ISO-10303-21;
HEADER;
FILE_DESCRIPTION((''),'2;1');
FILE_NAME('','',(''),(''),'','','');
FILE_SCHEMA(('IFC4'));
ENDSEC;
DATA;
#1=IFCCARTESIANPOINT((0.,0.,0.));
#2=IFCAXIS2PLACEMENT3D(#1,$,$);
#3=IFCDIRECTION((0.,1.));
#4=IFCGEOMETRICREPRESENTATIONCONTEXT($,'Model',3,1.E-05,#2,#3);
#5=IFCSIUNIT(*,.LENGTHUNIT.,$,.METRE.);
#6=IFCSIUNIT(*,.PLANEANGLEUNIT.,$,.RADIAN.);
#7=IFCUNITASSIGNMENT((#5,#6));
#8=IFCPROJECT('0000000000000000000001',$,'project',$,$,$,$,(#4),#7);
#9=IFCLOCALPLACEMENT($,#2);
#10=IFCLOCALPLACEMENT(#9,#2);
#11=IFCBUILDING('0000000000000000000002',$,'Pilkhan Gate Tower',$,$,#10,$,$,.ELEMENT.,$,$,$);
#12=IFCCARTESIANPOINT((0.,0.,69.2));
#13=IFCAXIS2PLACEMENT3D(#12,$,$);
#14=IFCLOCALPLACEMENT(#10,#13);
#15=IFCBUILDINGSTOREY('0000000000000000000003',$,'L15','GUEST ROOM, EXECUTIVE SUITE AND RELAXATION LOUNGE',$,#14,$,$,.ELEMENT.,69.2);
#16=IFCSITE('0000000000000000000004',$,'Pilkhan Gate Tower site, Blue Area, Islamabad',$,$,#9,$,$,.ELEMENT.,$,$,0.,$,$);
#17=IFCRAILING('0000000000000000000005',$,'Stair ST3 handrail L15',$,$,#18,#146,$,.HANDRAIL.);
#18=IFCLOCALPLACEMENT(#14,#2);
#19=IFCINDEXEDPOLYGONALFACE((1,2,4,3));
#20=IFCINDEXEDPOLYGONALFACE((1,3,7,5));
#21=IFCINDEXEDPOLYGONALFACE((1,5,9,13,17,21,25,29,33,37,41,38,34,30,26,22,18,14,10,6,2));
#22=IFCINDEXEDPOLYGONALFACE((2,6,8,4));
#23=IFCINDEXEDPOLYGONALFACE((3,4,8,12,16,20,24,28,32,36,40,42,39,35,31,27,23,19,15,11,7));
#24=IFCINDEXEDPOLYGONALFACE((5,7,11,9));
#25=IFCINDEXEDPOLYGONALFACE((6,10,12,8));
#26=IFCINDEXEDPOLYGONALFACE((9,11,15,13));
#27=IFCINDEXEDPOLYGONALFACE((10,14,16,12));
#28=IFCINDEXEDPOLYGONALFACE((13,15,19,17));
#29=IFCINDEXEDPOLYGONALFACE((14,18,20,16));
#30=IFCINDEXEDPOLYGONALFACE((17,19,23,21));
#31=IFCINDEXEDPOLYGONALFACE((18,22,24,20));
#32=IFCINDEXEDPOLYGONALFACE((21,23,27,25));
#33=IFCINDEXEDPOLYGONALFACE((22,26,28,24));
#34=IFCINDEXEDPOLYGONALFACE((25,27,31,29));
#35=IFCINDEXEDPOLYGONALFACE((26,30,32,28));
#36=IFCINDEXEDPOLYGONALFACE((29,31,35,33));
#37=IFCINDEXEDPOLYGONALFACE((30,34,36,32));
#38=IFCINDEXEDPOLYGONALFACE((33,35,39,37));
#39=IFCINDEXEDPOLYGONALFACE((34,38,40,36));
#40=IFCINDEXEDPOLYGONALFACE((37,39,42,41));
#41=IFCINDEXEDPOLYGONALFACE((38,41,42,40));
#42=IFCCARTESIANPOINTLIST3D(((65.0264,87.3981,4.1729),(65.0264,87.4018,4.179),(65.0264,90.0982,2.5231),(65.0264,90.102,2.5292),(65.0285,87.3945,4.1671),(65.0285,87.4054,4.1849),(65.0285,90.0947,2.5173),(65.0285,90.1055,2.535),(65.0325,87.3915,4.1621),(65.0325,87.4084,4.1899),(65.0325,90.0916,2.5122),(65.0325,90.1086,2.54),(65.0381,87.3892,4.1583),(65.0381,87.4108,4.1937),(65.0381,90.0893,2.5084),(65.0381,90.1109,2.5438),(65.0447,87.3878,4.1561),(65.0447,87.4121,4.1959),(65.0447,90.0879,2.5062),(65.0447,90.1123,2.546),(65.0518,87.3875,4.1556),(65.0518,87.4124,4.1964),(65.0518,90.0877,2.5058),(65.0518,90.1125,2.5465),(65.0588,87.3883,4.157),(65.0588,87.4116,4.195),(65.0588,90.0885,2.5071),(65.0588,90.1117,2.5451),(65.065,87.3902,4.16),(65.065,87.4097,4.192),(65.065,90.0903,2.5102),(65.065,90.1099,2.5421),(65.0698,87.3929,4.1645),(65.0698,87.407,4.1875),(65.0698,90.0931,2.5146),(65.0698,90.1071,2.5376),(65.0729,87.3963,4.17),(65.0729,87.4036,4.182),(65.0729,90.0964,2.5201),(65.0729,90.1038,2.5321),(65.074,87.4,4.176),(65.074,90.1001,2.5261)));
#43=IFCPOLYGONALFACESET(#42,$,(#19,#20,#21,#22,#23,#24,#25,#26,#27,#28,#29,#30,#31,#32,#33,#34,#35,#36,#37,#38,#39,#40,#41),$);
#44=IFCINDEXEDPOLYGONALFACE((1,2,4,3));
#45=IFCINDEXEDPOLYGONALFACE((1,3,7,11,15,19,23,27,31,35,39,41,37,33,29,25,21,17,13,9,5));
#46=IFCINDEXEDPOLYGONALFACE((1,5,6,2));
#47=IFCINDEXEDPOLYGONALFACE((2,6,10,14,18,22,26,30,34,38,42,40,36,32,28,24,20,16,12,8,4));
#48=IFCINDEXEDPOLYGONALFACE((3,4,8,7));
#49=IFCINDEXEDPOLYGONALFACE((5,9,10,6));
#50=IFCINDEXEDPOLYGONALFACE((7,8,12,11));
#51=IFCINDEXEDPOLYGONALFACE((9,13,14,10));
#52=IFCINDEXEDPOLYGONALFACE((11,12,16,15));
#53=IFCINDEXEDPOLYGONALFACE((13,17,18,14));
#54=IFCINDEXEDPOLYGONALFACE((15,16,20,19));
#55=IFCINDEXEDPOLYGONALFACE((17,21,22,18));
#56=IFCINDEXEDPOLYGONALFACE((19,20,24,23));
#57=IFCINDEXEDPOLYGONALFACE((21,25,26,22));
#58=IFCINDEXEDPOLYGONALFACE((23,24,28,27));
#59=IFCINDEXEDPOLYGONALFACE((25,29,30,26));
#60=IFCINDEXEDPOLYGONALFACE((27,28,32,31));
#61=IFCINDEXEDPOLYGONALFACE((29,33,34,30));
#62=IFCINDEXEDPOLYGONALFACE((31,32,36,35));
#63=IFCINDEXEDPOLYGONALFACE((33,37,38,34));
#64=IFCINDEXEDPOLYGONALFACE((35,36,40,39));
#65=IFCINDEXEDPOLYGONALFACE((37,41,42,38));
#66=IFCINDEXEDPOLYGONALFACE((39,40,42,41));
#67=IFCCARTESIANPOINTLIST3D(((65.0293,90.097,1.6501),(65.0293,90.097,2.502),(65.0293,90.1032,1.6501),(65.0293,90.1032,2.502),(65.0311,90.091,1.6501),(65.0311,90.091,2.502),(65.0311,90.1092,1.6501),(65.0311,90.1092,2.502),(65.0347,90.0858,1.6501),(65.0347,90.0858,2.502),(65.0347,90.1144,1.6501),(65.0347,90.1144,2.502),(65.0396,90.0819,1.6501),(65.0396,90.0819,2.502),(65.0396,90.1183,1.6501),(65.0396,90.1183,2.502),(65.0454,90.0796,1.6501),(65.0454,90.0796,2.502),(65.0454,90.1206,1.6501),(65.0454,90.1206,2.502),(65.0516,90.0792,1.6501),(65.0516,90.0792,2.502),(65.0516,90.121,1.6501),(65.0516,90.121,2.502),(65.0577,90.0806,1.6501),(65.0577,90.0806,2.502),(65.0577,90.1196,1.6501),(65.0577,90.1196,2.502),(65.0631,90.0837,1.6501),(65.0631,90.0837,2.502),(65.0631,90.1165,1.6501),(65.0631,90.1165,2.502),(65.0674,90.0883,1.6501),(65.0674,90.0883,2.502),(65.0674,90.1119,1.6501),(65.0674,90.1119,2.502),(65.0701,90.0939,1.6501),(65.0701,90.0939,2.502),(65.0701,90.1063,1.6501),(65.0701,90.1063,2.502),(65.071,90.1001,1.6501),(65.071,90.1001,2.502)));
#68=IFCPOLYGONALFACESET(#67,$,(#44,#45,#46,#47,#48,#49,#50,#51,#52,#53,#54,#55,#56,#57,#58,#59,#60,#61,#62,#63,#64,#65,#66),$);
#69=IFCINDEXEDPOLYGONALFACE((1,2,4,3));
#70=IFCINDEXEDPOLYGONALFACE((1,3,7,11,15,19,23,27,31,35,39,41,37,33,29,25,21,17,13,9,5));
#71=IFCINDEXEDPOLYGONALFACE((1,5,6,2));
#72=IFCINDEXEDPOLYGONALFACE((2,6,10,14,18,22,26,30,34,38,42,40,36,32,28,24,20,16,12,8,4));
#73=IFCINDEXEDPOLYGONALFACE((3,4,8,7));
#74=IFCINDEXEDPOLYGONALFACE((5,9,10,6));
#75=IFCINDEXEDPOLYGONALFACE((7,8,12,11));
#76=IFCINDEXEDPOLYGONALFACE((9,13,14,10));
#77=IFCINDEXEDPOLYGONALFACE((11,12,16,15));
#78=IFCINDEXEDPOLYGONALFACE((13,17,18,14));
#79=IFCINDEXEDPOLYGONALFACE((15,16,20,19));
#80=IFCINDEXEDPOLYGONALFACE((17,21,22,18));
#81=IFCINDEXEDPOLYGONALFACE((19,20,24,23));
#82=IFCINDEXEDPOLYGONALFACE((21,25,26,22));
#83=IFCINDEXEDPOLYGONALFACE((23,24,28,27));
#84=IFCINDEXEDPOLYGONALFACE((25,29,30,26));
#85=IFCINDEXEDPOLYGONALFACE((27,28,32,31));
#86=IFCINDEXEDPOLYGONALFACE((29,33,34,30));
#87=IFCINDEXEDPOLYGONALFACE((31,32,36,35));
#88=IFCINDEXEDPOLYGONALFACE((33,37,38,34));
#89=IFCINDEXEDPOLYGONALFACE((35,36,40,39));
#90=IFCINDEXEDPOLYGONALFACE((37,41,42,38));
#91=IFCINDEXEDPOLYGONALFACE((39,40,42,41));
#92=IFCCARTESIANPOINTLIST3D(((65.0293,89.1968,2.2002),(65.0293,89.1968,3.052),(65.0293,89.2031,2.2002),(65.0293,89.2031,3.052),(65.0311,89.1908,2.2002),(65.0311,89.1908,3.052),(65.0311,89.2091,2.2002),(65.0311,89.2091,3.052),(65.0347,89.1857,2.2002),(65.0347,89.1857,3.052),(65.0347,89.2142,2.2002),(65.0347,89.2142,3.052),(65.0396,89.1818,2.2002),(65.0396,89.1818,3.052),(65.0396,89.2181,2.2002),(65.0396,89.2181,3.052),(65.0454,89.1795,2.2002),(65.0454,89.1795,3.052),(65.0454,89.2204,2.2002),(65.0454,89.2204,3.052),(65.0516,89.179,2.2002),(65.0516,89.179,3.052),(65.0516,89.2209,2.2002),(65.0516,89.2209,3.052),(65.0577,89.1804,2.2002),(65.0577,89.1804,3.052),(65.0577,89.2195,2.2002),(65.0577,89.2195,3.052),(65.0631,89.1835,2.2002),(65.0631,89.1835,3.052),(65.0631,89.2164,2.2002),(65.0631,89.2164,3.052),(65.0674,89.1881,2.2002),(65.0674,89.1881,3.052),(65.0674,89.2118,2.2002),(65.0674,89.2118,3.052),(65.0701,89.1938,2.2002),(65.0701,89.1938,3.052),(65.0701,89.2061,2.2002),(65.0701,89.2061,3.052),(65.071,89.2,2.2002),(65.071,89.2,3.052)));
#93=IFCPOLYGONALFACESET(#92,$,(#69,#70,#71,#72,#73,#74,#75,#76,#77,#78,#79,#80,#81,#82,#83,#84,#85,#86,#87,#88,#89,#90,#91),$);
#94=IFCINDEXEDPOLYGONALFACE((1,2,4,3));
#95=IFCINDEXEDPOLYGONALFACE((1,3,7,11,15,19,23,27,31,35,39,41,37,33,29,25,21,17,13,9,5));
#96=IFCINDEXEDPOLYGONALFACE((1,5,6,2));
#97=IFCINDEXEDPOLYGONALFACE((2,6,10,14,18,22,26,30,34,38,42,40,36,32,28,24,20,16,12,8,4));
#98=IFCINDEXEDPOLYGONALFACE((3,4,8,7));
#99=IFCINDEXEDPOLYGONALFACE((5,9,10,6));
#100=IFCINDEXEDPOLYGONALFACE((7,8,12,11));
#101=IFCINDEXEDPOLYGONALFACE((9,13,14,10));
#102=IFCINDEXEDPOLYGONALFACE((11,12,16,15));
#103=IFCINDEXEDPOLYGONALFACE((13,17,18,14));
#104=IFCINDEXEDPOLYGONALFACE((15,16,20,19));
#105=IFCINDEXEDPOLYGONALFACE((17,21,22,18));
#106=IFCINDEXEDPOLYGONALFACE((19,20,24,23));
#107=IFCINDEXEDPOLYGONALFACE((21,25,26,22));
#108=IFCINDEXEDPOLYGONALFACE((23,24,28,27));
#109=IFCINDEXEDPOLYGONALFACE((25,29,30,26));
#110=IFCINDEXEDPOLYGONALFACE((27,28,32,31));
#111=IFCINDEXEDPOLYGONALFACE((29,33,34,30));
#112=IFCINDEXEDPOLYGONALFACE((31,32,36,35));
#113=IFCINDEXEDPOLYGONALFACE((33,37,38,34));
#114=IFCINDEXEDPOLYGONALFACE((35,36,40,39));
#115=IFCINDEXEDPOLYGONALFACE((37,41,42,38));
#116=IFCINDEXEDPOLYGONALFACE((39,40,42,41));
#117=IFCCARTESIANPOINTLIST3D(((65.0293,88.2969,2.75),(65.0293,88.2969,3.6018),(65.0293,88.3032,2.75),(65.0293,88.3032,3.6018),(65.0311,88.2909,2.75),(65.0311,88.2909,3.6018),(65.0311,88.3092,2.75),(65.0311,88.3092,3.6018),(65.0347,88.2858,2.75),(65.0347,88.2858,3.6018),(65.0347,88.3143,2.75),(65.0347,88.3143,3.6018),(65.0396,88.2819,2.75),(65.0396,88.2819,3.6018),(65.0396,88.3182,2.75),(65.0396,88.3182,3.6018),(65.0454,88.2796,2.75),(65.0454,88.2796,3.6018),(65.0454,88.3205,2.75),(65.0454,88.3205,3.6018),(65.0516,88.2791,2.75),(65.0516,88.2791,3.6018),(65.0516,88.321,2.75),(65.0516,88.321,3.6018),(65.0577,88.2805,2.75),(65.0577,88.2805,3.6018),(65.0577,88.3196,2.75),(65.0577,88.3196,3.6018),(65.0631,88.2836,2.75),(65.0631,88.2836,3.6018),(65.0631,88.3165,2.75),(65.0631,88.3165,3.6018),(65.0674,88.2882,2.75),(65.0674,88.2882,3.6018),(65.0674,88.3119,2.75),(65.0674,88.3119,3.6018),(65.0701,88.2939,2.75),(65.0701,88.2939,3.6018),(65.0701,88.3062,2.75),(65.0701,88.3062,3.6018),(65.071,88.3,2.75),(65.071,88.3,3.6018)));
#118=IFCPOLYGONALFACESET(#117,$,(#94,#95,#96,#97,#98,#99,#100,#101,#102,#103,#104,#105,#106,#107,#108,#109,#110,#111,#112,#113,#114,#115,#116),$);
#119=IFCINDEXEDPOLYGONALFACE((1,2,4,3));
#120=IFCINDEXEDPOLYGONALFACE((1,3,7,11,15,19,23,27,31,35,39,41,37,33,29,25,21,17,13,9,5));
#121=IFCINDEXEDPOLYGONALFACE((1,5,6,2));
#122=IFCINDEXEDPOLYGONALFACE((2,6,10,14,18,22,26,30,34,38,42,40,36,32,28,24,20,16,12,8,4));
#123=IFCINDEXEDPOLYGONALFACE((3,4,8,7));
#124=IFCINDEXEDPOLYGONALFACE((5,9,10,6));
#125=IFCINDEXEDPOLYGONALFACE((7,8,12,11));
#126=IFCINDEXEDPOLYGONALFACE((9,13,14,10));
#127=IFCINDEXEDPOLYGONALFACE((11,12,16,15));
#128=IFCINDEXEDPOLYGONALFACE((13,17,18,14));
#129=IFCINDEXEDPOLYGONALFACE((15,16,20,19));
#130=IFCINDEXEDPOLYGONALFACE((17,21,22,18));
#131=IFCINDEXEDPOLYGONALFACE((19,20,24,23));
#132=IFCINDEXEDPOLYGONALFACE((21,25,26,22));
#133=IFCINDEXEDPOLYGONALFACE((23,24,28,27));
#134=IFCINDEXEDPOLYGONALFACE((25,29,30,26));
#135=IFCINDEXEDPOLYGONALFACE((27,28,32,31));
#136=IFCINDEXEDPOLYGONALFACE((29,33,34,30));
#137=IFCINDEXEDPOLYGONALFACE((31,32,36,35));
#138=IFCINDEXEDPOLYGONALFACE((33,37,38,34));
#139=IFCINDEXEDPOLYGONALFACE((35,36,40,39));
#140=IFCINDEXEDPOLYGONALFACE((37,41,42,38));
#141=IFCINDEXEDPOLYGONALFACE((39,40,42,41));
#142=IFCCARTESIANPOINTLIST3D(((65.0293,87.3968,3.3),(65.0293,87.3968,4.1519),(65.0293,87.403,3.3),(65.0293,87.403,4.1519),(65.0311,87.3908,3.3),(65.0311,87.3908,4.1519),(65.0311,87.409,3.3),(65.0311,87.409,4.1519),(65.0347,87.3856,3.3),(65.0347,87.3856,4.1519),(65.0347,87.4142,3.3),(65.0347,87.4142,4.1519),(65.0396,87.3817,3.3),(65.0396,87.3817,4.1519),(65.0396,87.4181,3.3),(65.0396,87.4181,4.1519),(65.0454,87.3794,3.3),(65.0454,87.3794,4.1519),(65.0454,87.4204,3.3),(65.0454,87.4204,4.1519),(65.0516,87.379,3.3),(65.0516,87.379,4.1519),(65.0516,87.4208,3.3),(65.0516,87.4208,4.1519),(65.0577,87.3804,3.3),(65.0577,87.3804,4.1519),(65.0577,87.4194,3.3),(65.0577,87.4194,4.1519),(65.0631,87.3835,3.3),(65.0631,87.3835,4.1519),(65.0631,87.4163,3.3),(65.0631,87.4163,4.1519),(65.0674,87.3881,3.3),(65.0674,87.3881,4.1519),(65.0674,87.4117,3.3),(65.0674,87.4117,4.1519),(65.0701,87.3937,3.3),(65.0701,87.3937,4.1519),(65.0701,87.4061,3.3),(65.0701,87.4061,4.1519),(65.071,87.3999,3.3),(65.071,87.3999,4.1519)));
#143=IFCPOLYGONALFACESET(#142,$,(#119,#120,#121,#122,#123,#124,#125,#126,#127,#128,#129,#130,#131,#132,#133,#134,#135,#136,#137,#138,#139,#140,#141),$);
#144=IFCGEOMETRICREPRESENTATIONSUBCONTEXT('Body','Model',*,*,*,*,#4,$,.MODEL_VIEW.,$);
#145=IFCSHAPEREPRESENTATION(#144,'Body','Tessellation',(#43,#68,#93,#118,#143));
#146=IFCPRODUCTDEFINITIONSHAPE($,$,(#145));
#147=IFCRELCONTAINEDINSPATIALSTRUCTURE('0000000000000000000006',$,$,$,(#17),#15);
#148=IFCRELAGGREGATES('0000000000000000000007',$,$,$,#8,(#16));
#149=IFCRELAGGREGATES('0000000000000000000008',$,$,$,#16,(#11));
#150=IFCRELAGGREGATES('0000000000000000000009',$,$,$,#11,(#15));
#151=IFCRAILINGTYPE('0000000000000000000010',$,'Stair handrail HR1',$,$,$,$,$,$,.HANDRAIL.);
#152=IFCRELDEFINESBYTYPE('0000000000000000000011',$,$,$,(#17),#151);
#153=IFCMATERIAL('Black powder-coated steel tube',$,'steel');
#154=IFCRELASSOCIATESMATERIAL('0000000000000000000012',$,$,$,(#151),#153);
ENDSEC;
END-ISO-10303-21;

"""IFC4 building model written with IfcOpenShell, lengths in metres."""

from ifc_helpers import new_model, si_unit, direction, frame, origin, origin_2d, place, context, subcontext, project, spatial, circle, extrude, material, type_object, element, save


model = new_model("IFC4")

# Units and contexts
model_context = context("Model", 3, precision=1e-05, world=origin(), true_north=direction((0.0, 1.0)))
body_context = subcontext(model_context, "Body", "Model", "MODEL_VIEW")
ifc_project = project(units=[si_unit("LENGTHUNIT", "METRE"), si_unit("PLANEANGLEUNIT", "RADIAN")], contexts=[model_context])

# Site, building, storey
site_placement = place(None, origin())
site = spatial("IfcSite", under=ifc_project, at=site_placement, Name="Pilkhan Gate Tower site, Blue Area, Islamabad", CompositionType="ELEMENT", RefElevation=0.0)
building_placement = place(site_placement, origin())
building = spatial("IfcBuilding", under=site, at=building_placement, Name="Pilkhan Gate Tower", CompositionType="ELEMENT")
storey_placement = place(building_placement, frame((0.0, 0.0, 69.2)))
storey = spatial("IfcBuildingStorey", under=building, at=storey_placement, Name="L15", Description="GUEST ROOM, EXECUTIVE SUITE AND RELAXATION LOUNGE", CompositionType="ELEMENT", Elevation=69.2)

# Railing
ifc_material_1 = material(Name="Black powder-coated steel tube", Category="steel")
railing_type_1 = type_object("IfcRailingType", Name="Stair handrail HR1", PredefinedType="HANDRAIL", material=ifc_material_1)
railing_placement = place(storey_placement, frame((65.05, 90.1001, 1.6501)))
element("IfcRailing", 1, at=railing_placement, inside=storey, type_object=railing_type_1, Name="Stair ST3 handrail L15", PredefinedType="HANDRAIL", context=body_context, shape_type="SweptSolid", body=[
    extrude(circle(Radius=0.0239, at=origin_2d()), frame((0.0, 0.0, 0.876), z_axis=(0.0, -0.853312, 0.5214), x_axis=(1.0, 0.0, 0.0)), (0.0, 0.0, 1.0), 3.1643),
    extrude(circle(Radius=0.021, at=origin_2d()), origin(), (0.0, 0.0, 1.0), 0.8518),
    extrude(circle(Radius=0.021, at=origin_2d()), frame((0.0, -0.9001, 0.55)), (0.0, 0.0, 1.0), 0.8518),
    extrude(circle(Radius=0.021, at=origin_2d()), frame((0.0, -1.8, 1.0999)), (0.0, 0.0, 1.0), 0.8518),
    extrude(circle(Radius=0.021, at=origin_2d()), frame((0.0, -2.7002, 1.6499)), (0.0, 0.0, 1.0), 0.8518),
])

save(model, "model.ifc")
